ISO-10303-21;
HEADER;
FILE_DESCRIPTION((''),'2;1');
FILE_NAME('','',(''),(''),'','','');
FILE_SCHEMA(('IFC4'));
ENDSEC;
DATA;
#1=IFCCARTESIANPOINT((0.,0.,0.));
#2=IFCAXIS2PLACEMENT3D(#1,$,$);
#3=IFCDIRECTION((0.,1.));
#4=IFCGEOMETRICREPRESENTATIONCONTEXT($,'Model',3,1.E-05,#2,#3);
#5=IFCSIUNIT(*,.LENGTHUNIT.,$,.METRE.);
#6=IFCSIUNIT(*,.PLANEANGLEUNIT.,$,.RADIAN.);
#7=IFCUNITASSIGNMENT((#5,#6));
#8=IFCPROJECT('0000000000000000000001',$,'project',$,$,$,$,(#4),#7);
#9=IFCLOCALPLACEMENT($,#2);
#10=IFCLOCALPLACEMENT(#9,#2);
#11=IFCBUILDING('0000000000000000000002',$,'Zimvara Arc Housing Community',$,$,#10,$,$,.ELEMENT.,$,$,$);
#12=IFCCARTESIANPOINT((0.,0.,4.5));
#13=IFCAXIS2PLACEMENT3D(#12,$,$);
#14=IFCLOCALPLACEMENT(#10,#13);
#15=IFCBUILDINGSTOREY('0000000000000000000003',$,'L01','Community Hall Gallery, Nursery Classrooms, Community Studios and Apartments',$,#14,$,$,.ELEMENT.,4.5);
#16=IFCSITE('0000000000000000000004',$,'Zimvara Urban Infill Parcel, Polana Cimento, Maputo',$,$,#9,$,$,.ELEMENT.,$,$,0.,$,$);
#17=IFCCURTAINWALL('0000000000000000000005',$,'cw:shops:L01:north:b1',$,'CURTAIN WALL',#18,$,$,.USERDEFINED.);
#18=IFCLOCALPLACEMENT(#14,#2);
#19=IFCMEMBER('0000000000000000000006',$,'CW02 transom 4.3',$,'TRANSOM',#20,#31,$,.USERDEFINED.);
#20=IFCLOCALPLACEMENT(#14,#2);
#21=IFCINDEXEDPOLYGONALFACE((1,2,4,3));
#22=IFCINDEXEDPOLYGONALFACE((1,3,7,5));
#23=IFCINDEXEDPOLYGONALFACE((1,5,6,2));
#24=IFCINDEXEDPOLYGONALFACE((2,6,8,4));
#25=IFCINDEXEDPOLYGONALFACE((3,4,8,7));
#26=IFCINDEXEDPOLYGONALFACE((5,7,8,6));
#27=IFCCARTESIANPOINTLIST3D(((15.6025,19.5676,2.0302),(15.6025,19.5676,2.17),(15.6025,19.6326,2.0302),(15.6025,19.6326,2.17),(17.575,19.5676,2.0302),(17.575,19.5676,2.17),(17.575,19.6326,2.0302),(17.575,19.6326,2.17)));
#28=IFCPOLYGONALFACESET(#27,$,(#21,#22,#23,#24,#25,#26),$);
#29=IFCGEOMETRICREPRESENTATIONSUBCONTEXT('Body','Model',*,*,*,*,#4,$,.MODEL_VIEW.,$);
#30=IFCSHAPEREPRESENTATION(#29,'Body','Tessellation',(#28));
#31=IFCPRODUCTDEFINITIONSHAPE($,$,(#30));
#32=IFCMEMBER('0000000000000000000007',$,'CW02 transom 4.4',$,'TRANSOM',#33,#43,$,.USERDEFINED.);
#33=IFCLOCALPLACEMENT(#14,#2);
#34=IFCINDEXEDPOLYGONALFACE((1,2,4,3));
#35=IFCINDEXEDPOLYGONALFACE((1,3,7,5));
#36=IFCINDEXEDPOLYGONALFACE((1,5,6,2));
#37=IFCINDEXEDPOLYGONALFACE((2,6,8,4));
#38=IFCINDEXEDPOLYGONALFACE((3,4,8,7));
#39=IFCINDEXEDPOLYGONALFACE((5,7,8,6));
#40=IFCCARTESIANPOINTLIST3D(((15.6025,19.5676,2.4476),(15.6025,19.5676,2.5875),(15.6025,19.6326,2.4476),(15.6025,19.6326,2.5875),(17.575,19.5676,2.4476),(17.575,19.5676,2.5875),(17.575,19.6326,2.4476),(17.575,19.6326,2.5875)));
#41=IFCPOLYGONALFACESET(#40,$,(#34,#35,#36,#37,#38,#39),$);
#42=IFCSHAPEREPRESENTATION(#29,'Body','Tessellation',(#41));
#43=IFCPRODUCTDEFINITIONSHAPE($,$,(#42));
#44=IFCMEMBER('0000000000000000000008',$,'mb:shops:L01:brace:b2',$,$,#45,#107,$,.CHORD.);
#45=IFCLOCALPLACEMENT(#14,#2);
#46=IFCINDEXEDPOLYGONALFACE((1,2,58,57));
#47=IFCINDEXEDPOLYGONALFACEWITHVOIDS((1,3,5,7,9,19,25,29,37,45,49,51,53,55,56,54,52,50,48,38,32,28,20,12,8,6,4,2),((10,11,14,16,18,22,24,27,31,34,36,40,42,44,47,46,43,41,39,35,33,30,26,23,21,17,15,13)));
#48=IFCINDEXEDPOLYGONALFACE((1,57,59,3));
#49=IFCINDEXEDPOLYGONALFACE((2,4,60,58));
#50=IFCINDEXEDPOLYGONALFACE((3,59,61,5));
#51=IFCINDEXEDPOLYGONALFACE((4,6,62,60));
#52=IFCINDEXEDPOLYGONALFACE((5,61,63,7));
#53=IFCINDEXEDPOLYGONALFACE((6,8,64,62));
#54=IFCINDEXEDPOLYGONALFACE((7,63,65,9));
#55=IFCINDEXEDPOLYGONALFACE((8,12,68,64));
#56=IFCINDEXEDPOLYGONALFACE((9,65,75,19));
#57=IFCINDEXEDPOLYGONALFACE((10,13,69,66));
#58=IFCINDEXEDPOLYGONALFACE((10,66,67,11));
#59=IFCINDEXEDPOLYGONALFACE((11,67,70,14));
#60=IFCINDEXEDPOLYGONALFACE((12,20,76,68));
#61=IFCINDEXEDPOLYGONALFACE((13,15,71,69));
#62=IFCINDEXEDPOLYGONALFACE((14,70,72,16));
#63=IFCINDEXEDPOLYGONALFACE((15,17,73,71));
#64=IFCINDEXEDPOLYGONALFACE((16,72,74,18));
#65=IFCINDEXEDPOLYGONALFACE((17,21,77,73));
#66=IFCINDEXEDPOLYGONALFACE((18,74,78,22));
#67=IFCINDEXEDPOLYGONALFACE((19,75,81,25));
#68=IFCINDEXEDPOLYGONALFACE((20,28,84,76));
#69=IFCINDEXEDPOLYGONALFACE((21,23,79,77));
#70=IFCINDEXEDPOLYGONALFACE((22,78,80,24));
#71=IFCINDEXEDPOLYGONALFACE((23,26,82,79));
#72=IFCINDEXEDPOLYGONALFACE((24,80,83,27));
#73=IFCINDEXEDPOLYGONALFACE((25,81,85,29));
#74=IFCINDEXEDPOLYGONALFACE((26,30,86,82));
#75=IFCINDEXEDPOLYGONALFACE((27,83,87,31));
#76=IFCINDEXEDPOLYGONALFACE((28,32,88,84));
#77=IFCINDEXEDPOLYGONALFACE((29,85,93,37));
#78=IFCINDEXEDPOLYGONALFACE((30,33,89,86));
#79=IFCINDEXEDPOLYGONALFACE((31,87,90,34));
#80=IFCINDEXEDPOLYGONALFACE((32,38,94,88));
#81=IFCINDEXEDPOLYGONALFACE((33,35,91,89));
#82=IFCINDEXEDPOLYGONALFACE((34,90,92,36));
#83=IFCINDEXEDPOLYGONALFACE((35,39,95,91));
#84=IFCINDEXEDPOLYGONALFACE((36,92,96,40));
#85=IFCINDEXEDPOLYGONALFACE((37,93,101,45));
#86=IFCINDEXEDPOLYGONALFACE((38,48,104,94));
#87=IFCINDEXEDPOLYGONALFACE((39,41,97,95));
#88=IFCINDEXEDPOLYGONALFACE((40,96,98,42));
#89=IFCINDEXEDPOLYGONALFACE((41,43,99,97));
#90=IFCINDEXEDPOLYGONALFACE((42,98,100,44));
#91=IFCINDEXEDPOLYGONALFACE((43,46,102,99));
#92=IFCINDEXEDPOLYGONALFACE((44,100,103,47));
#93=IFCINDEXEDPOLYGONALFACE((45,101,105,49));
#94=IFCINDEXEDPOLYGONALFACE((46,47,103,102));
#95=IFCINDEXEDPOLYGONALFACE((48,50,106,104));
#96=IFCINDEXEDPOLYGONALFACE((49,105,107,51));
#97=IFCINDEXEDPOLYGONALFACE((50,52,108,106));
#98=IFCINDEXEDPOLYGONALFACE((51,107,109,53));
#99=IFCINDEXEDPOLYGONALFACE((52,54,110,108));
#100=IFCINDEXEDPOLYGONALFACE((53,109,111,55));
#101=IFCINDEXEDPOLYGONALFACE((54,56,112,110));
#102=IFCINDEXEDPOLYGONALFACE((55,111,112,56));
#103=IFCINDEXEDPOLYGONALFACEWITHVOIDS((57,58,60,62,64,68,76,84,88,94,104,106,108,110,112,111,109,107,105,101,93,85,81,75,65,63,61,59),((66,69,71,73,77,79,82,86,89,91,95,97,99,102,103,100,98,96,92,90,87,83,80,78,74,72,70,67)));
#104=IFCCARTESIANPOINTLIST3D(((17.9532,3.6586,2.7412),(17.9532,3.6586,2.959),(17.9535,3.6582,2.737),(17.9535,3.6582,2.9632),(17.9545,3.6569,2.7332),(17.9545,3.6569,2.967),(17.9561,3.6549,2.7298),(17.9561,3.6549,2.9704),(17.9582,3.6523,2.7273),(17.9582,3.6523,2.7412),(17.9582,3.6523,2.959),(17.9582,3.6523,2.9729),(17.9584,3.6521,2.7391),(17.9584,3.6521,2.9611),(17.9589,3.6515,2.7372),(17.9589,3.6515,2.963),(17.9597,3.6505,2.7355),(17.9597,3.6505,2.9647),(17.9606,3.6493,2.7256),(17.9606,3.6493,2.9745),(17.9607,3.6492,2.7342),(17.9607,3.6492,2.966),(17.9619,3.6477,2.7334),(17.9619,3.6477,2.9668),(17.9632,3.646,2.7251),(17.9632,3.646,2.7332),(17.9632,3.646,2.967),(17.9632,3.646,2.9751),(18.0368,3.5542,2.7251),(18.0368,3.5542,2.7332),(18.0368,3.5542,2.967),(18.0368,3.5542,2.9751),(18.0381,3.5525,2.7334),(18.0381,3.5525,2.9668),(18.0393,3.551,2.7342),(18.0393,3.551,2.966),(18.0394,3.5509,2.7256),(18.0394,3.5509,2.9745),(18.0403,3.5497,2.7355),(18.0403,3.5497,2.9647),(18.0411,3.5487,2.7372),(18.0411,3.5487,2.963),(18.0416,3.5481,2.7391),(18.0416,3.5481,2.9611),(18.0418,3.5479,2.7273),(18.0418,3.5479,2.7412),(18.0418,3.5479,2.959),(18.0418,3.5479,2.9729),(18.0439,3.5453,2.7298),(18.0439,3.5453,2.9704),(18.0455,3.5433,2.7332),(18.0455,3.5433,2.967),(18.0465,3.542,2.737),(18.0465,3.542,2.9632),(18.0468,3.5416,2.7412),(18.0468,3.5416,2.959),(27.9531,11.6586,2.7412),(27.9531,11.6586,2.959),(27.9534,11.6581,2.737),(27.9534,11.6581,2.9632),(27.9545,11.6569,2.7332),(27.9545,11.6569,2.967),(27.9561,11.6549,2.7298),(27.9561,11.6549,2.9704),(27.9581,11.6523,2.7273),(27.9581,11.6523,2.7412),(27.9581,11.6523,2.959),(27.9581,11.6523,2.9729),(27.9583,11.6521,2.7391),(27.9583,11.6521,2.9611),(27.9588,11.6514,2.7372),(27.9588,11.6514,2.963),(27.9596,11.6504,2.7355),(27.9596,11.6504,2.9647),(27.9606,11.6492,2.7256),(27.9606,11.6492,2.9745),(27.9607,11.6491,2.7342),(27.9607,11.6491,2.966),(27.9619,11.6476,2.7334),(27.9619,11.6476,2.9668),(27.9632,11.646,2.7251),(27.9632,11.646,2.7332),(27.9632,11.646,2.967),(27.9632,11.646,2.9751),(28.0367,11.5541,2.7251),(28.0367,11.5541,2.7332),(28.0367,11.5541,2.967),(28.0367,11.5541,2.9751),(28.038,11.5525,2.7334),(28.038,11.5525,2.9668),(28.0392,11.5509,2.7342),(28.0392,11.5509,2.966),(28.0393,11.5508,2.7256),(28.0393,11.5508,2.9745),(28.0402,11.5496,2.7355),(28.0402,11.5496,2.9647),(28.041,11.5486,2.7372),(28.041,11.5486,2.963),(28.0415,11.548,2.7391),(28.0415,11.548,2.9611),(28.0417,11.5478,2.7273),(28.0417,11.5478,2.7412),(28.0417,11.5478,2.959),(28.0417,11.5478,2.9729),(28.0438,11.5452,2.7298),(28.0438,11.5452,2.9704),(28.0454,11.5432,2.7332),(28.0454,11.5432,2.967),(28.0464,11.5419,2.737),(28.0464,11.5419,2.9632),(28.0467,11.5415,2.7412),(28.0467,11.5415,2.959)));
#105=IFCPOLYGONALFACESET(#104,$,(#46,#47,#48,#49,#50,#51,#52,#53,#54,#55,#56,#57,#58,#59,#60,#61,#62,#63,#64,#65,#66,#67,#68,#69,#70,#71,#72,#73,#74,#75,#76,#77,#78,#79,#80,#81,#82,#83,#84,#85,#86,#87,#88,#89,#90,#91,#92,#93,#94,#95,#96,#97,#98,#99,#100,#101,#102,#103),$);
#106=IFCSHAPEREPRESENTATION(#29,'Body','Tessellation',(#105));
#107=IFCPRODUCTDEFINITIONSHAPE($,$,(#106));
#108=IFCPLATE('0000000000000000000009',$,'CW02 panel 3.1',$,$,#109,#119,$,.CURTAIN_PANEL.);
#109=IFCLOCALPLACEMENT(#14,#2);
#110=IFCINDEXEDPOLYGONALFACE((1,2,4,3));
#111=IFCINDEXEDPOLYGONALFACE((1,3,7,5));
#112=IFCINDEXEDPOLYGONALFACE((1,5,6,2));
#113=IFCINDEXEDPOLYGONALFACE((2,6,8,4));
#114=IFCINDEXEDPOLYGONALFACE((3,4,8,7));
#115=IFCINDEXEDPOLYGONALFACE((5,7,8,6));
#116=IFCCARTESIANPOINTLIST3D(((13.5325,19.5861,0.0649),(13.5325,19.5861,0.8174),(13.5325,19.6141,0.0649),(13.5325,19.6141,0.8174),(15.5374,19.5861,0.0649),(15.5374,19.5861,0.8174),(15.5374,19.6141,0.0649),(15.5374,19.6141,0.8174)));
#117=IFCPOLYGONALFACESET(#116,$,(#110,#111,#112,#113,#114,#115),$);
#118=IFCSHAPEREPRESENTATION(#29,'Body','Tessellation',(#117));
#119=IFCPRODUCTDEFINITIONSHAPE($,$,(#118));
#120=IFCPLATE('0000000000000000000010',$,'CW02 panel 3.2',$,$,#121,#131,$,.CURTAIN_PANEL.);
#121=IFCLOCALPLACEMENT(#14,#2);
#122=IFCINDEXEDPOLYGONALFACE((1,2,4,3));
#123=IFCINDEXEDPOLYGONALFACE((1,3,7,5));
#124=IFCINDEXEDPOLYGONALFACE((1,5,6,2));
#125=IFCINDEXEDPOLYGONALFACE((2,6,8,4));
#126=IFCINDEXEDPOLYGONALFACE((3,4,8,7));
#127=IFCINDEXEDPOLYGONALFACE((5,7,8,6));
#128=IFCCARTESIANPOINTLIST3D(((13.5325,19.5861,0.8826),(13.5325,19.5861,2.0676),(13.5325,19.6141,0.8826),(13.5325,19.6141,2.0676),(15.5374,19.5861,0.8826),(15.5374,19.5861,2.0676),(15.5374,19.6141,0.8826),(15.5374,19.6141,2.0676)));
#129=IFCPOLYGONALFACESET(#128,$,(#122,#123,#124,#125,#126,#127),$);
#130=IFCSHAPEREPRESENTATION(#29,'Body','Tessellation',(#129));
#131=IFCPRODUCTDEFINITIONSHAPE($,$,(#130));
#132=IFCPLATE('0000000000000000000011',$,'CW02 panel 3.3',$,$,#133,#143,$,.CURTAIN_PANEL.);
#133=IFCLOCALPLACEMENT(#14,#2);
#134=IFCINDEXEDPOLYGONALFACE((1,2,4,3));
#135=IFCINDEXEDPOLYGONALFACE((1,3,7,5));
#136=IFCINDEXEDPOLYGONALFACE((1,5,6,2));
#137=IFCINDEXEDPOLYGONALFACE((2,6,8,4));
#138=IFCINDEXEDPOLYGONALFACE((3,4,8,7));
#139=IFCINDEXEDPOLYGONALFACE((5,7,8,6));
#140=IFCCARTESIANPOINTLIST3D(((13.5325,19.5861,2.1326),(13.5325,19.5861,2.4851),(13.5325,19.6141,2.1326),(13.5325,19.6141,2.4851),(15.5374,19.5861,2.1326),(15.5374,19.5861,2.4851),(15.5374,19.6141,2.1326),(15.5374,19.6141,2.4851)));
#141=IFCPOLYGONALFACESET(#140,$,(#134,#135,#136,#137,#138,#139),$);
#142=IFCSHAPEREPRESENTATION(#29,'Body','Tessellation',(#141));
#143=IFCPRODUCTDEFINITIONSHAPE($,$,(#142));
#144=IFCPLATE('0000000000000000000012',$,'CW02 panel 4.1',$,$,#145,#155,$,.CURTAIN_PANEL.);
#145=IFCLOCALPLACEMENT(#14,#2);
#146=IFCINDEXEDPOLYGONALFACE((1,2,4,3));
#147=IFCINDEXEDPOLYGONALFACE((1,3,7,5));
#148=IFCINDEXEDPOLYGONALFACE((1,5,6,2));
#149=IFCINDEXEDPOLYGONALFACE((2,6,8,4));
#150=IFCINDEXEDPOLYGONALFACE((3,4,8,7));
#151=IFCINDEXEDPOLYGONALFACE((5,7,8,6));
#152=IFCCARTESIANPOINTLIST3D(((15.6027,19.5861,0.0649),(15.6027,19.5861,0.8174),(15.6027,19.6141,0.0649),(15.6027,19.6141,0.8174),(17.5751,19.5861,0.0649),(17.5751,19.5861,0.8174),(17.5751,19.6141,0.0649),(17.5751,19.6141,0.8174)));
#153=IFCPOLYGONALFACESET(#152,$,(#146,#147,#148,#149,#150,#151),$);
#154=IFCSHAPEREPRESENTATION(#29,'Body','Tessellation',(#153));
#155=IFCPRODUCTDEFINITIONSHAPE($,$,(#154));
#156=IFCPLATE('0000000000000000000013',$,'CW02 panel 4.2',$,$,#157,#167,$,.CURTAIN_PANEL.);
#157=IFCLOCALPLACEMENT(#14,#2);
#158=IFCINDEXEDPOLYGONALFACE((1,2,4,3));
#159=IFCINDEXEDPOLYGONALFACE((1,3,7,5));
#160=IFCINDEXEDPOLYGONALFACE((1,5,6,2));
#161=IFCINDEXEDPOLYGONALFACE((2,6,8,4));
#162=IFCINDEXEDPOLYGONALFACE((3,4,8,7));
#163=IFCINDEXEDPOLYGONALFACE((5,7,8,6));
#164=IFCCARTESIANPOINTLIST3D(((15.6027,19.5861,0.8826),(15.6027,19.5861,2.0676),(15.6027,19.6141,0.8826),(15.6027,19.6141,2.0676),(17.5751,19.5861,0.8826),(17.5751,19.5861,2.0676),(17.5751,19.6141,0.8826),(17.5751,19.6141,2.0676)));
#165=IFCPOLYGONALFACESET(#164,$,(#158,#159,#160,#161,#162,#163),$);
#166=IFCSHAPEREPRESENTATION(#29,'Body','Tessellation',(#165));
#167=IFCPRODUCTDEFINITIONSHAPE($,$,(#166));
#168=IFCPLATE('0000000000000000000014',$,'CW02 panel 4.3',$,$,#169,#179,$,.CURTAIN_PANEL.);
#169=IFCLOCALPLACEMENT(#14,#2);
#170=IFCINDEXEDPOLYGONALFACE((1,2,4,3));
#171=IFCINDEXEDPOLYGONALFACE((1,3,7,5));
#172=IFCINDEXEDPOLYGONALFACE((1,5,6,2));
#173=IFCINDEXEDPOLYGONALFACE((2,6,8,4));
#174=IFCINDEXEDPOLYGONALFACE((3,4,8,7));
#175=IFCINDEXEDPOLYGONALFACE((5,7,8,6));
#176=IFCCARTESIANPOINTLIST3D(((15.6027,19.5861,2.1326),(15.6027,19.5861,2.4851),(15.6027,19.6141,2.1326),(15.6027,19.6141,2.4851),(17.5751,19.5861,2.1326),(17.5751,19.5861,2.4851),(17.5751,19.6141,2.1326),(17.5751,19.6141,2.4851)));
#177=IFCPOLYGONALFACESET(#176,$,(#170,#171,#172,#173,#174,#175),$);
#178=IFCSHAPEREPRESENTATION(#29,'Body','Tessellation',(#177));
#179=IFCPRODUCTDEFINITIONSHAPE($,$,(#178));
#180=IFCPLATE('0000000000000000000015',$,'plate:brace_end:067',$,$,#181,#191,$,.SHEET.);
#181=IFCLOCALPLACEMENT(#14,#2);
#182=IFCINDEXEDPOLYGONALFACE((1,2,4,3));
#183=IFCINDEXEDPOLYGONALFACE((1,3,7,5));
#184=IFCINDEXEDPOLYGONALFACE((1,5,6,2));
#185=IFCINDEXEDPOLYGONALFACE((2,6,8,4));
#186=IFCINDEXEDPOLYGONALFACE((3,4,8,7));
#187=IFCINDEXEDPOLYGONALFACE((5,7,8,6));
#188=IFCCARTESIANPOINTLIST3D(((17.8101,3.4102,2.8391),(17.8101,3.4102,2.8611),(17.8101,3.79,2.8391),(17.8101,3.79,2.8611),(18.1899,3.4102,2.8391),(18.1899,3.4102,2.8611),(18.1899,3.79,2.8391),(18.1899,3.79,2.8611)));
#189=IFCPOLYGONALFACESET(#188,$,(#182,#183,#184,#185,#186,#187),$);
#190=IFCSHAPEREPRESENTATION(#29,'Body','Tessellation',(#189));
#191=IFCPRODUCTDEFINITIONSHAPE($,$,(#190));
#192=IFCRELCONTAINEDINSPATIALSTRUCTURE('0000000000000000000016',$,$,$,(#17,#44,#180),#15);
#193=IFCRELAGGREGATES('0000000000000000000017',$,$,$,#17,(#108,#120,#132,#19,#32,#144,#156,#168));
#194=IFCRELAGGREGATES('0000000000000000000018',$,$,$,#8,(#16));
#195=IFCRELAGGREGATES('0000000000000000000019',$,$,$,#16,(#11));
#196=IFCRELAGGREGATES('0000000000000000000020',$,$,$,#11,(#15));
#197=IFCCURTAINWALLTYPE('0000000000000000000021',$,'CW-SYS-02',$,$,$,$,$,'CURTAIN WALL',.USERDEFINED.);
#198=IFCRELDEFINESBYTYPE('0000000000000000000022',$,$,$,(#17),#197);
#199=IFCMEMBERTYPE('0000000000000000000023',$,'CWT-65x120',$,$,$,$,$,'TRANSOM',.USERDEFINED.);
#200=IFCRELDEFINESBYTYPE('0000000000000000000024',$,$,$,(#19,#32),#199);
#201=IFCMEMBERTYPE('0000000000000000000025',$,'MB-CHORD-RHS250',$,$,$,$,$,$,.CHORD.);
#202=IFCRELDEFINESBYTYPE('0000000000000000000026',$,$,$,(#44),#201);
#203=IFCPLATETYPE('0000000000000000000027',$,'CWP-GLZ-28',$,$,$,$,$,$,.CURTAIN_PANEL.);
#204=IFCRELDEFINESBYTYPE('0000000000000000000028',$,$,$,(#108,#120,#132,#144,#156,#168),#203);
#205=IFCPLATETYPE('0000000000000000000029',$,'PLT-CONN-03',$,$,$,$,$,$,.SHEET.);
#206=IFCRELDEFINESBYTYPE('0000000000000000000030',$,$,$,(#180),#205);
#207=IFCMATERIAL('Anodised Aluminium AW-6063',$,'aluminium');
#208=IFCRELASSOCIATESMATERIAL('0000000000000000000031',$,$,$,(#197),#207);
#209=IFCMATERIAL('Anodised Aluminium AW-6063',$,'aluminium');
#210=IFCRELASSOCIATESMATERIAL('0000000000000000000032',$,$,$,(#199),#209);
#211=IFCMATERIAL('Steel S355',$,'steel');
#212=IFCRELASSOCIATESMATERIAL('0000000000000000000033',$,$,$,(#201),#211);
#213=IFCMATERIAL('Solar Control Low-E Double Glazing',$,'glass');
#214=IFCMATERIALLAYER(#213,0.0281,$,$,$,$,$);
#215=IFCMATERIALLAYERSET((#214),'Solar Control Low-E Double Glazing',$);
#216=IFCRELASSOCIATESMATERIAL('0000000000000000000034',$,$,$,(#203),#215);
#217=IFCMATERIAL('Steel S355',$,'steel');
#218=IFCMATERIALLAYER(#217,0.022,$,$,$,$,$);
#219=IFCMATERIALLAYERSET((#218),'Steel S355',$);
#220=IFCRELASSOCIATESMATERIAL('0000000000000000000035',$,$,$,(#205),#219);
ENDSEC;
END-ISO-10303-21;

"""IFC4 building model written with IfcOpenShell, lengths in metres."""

from ifc_helpers import new_model, si_unit, direction, frame, origin, origin_2d, place, context, subcontext, project, spatial, rectangle, hollow_rectangle, extrude, material, layer, layer_set, material_profile, profile_set, type_object, element, aggregate, save


model = new_model("IFC4")

# Units and contexts
model_context = context("Model", 3, precision=1e-05, world=origin(), true_north=direction((0.0, 1.0)))
body_context = subcontext(model_context, "Body", "Model", "MODEL_VIEW")
ifc_project = project(units=[si_unit("LENGTHUNIT", "METRE"), si_unit("PLANEANGLEUNIT", "RADIAN")], contexts=[model_context])

# Site, building, storey
site_placement = place(None, origin())
site = spatial("IfcSite", under=ifc_project, at=site_placement, Name="Zimvara Urban Infill Parcel, Polana Cimento, Maputo", CompositionType="ELEMENT", RefElevation=0.0)
building_placement = place(site_placement, origin())
building = spatial("IfcBuilding", under=site, at=building_placement, Name="Zimvara Arc Housing Community", CompositionType="ELEMENT")
storey_placement = place(building_placement, frame((0.0, 0.0, 4.5)))
storey = spatial("IfcBuildingStorey", under=building, at=storey_placement, Name="L01", Description="Community Hall Gallery, Nursery Classrooms, Community Studios and Apartments", CompositionType="ELEMENT", Elevation=4.5)

# Curtain wall, members
ifc_material_1 = material(Name="Anodised Aluminium AW-6063", Category="aluminium")
curtain_wall_type = type_object("IfcCurtainWallType", Name="CW-SYS-02", ElementType="CURTAIN WALL", PredefinedType="USERDEFINED", material=ifc_material_1)
curtain_wall_placement = place(storey_placement, origin())
curtain_wall = element("IfcCurtainWall", 1, at=curtain_wall_placement, inside=storey, type_object=curtain_wall_type, Name="cw:shops:L01:north:b1", ObjectType="CURTAIN WALL", PredefinedType="USERDEFINED")
ifc_material_2 = material(Name="Anodised Aluminium AW-6063", Category="aluminium")
ifc_material_profile_1 = material_profile(ifc_material_2, rectangle(XDim=0.0649, YDim=0.1399, at=origin_2d()), Name="ALU 65x140")
ifc_profile_set_1 = profile_set([ifc_material_profile_1], Name="Anodised Aluminium AW-6063")
member_type_1 = type_object("IfcMemberType", Name="CWT-65x120", ElementType="TRANSOM", PredefinedType="USERDEFINED", material=ifc_profile_set_1)
member_1_placement = place(storey_placement, frame((15.6025, 19.6001, 2.1001), z_axis=(1.0, 0.0, 0.0), x_axis=(0.0, 1.0, 0.0)))
member_1 = element("IfcMember", 2, at=member_1_placement, type_object=member_type_1, Name="CW02 transom 4.3", ObjectType="TRANSOM", PredefinedType="USERDEFINED", context=body_context, shape_type="SweptSolid", body=[
    extrude(rectangle(XDim=0.0649, YDim=0.1399, at=origin_2d()), origin(), (0.0, 0.0, 1.0), 1.9724),
])
member_2_placement = place(storey_placement, frame((15.6025, 19.6001, 2.5176), z_axis=(1.0, 0.0, 0.0), x_axis=(0.0, 1.0, 0.0)))
member_2 = element("IfcMember", 3, at=member_2_placement, type_object=member_type_1, Name="CW02 transom 4.4", ObjectType="TRANSOM", PredefinedType="USERDEFINED", context=body_context, shape_type="SweptSolid", body=[
    extrude(rectangle(XDim=0.0649, YDim=0.1399, at=origin_2d()), origin(), (0.0, 0.0, 1.0), 1.9724),
])

# Member
ifc_material_3 = material(Name="Steel S355", Category="steel")
ifc_material_profile_2 = material_profile(ifc_material_3, hollow_rectangle(XDim=0.1499, YDim=0.25, WallThickness=0.0081, InnerFilletRadius=0.0081, OuterFilletRadius=0.0161, at=origin_2d()), Name="RHS 250x150x8.0")
ifc_profile_set_2 = profile_set([ifc_material_profile_2], Name="Steel S355")
member_type_2 = type_object("IfcMemberType", Name="MB-CHORD-RHS250", PredefinedType="CHORD", material=ifc_profile_set_2)
member_3_placement = place(storey_placement, frame((18.0, 3.6001, 2.8501), z_axis=(0.780869, 0.624695, 0.0), x_axis=(-0.624695, 0.780869, 0.0)))
element("IfcMember", 4, at=member_3_placement, inside=storey, type_object=member_type_2, Name="mb:shops:L01:brace:b2", PredefinedType="CHORD", context=body_context, shape_type="SweptSolid", body=[
    extrude(hollow_rectangle(XDim=0.1499, YDim=0.25, WallThickness=0.0081, InnerFilletRadius=0.0081, OuterFilletRadius=0.0161, at=origin_2d()), origin(), (0.0, 0.0, 1.0), 12.8062),
])

# Plates
ifc_material_4 = material(Name="Solar Control Low-E Double Glazing", Category="glass")
ifc_layer_1 = layer(ifc_material_4, 0.0281)
ifc_layer_set_1 = layer_set([ifc_layer_1], Name="Solar Control Low-E Double Glazing")
plate_type_1 = type_object("IfcPlateType", Name="CWP-GLZ-28", PredefinedType="CURTAIN_PANEL", material=ifc_layer_set_1)
plate_1_placement = place(storey_placement, frame((14.5349, 19.6001, 0.0649), z_axis=(0.0, 0.0, 1.0), x_axis=(1.0, 0.0, 0.0)))
plate_1 = element("IfcPlate", 5, at=plate_1_placement, type_object=plate_type_1, Name="CW02 panel 3.1", PredefinedType="CURTAIN_PANEL", context=body_context, shape_type="SweptSolid", body=[
    extrude(rectangle(XDim=2.0049, YDim=0.0281, at=origin_2d()), origin(), (0.0, 0.0, 1.0), 0.7524),
])
plate_2_placement = place(storey_placement, frame((14.5349, 19.6001, 0.8826), z_axis=(0.0, 0.0, 1.0), x_axis=(1.0, 0.0, 0.0)))
plate_2 = element("IfcPlate", 6, at=plate_2_placement, type_object=plate_type_1, Name="CW02 panel 3.2", PredefinedType="CURTAIN_PANEL", context=body_context, shape_type="SweptSolid", body=[
    extrude(rectangle(XDim=2.0049, YDim=0.0281, at=origin_2d()), origin(), (0.0, 0.0, 1.0), 1.1851),
])
plate_3_placement = place(storey_placement, frame((14.5349, 19.6001, 2.1326), z_axis=(0.0, 0.0, 1.0), x_axis=(1.0, 0.0, 0.0)))
plate_3 = element("IfcPlate", 7, at=plate_3_placement, type_object=plate_type_1, Name="CW02 panel 3.3", PredefinedType="CURTAIN_PANEL", context=body_context, shape_type="SweptSolid", body=[
    extrude(rectangle(XDim=2.0049, YDim=0.0281, at=origin_2d()), origin(), (0.0, 0.0, 1.0), 0.3525),
])
plate_4_placement = place(storey_placement, frame((16.5889, 19.6001, 0.0649), z_axis=(0.0, 0.0, 1.0), x_axis=(1.0, 0.0, 0.0)))
plate_4 = element("IfcPlate", 8, at=plate_4_placement, type_object=plate_type_1, Name="CW02 panel 4.1", PredefinedType="CURTAIN_PANEL", context=body_context, shape_type="SweptSolid", body=[
    extrude(rectangle(XDim=1.9724, YDim=0.0281, at=origin_2d()), origin(), (0.0, 0.0, 1.0), 0.7524),
])
plate_5_placement = place(storey_placement, frame((16.5889, 19.6001, 0.8826), z_axis=(0.0, 0.0, 1.0), x_axis=(1.0, 0.0, 0.0)))
plate_5 = element("IfcPlate", 9, at=plate_5_placement, type_object=plate_type_1, Name="CW02 panel 4.2", PredefinedType="CURTAIN_PANEL", context=body_context, shape_type="SweptSolid", body=[
    extrude(rectangle(XDim=1.9724, YDim=0.0281, at=origin_2d()), origin(), (0.0, 0.0, 1.0), 1.1851),
])
plate_6_placement = place(storey_placement, frame((16.5889, 19.6001, 2.1326), z_axis=(0.0, 0.0, 1.0), x_axis=(1.0, 0.0, 0.0)))
plate_6 = element("IfcPlate", 10, at=plate_6_placement, type_object=plate_type_1, Name="CW02 panel 4.3", PredefinedType="CURTAIN_PANEL", context=body_context, shape_type="SweptSolid", body=[
    extrude(rectangle(XDim=1.9724, YDim=0.0281, at=origin_2d()), origin(), (0.0, 0.0, 1.0), 0.3525),
])
aggregate(curtain_wall, [plate_1, plate_2, plate_3, member_1, member_2, plate_4, plate_5, plate_6])
ifc_material_5 = material(Name="Steel S355", Category="steel")
ifc_layer_2 = layer(ifc_material_5, 0.022)
ifc_layer_set_2 = layer_set([ifc_layer_2], Name="Steel S355")
plate_type_2 = type_object("IfcPlateType", Name="PLT-CONN-03", PredefinedType="SHEET", material=ifc_layer_set_2)
plate_7_placement = place(storey_placement, frame((18.0, 3.6001, 2.8391), z_axis=(0.0, 0.0, 1.0), x_axis=(1.0, 0.0, 0.0)))
element("IfcPlate", 11, at=plate_7_placement, inside=storey, type_object=plate_type_2, Name="plate:brace_end:067", PredefinedType="SHEET", context=body_context, shape_type="SweptSolid", body=[
    extrude(rectangle(XDim=0.3799, YDim=0.3799, at=origin_2d()), origin(), (0.0, 0.0, 1.0), 0.022),
])

save(model, "model.ifc")
